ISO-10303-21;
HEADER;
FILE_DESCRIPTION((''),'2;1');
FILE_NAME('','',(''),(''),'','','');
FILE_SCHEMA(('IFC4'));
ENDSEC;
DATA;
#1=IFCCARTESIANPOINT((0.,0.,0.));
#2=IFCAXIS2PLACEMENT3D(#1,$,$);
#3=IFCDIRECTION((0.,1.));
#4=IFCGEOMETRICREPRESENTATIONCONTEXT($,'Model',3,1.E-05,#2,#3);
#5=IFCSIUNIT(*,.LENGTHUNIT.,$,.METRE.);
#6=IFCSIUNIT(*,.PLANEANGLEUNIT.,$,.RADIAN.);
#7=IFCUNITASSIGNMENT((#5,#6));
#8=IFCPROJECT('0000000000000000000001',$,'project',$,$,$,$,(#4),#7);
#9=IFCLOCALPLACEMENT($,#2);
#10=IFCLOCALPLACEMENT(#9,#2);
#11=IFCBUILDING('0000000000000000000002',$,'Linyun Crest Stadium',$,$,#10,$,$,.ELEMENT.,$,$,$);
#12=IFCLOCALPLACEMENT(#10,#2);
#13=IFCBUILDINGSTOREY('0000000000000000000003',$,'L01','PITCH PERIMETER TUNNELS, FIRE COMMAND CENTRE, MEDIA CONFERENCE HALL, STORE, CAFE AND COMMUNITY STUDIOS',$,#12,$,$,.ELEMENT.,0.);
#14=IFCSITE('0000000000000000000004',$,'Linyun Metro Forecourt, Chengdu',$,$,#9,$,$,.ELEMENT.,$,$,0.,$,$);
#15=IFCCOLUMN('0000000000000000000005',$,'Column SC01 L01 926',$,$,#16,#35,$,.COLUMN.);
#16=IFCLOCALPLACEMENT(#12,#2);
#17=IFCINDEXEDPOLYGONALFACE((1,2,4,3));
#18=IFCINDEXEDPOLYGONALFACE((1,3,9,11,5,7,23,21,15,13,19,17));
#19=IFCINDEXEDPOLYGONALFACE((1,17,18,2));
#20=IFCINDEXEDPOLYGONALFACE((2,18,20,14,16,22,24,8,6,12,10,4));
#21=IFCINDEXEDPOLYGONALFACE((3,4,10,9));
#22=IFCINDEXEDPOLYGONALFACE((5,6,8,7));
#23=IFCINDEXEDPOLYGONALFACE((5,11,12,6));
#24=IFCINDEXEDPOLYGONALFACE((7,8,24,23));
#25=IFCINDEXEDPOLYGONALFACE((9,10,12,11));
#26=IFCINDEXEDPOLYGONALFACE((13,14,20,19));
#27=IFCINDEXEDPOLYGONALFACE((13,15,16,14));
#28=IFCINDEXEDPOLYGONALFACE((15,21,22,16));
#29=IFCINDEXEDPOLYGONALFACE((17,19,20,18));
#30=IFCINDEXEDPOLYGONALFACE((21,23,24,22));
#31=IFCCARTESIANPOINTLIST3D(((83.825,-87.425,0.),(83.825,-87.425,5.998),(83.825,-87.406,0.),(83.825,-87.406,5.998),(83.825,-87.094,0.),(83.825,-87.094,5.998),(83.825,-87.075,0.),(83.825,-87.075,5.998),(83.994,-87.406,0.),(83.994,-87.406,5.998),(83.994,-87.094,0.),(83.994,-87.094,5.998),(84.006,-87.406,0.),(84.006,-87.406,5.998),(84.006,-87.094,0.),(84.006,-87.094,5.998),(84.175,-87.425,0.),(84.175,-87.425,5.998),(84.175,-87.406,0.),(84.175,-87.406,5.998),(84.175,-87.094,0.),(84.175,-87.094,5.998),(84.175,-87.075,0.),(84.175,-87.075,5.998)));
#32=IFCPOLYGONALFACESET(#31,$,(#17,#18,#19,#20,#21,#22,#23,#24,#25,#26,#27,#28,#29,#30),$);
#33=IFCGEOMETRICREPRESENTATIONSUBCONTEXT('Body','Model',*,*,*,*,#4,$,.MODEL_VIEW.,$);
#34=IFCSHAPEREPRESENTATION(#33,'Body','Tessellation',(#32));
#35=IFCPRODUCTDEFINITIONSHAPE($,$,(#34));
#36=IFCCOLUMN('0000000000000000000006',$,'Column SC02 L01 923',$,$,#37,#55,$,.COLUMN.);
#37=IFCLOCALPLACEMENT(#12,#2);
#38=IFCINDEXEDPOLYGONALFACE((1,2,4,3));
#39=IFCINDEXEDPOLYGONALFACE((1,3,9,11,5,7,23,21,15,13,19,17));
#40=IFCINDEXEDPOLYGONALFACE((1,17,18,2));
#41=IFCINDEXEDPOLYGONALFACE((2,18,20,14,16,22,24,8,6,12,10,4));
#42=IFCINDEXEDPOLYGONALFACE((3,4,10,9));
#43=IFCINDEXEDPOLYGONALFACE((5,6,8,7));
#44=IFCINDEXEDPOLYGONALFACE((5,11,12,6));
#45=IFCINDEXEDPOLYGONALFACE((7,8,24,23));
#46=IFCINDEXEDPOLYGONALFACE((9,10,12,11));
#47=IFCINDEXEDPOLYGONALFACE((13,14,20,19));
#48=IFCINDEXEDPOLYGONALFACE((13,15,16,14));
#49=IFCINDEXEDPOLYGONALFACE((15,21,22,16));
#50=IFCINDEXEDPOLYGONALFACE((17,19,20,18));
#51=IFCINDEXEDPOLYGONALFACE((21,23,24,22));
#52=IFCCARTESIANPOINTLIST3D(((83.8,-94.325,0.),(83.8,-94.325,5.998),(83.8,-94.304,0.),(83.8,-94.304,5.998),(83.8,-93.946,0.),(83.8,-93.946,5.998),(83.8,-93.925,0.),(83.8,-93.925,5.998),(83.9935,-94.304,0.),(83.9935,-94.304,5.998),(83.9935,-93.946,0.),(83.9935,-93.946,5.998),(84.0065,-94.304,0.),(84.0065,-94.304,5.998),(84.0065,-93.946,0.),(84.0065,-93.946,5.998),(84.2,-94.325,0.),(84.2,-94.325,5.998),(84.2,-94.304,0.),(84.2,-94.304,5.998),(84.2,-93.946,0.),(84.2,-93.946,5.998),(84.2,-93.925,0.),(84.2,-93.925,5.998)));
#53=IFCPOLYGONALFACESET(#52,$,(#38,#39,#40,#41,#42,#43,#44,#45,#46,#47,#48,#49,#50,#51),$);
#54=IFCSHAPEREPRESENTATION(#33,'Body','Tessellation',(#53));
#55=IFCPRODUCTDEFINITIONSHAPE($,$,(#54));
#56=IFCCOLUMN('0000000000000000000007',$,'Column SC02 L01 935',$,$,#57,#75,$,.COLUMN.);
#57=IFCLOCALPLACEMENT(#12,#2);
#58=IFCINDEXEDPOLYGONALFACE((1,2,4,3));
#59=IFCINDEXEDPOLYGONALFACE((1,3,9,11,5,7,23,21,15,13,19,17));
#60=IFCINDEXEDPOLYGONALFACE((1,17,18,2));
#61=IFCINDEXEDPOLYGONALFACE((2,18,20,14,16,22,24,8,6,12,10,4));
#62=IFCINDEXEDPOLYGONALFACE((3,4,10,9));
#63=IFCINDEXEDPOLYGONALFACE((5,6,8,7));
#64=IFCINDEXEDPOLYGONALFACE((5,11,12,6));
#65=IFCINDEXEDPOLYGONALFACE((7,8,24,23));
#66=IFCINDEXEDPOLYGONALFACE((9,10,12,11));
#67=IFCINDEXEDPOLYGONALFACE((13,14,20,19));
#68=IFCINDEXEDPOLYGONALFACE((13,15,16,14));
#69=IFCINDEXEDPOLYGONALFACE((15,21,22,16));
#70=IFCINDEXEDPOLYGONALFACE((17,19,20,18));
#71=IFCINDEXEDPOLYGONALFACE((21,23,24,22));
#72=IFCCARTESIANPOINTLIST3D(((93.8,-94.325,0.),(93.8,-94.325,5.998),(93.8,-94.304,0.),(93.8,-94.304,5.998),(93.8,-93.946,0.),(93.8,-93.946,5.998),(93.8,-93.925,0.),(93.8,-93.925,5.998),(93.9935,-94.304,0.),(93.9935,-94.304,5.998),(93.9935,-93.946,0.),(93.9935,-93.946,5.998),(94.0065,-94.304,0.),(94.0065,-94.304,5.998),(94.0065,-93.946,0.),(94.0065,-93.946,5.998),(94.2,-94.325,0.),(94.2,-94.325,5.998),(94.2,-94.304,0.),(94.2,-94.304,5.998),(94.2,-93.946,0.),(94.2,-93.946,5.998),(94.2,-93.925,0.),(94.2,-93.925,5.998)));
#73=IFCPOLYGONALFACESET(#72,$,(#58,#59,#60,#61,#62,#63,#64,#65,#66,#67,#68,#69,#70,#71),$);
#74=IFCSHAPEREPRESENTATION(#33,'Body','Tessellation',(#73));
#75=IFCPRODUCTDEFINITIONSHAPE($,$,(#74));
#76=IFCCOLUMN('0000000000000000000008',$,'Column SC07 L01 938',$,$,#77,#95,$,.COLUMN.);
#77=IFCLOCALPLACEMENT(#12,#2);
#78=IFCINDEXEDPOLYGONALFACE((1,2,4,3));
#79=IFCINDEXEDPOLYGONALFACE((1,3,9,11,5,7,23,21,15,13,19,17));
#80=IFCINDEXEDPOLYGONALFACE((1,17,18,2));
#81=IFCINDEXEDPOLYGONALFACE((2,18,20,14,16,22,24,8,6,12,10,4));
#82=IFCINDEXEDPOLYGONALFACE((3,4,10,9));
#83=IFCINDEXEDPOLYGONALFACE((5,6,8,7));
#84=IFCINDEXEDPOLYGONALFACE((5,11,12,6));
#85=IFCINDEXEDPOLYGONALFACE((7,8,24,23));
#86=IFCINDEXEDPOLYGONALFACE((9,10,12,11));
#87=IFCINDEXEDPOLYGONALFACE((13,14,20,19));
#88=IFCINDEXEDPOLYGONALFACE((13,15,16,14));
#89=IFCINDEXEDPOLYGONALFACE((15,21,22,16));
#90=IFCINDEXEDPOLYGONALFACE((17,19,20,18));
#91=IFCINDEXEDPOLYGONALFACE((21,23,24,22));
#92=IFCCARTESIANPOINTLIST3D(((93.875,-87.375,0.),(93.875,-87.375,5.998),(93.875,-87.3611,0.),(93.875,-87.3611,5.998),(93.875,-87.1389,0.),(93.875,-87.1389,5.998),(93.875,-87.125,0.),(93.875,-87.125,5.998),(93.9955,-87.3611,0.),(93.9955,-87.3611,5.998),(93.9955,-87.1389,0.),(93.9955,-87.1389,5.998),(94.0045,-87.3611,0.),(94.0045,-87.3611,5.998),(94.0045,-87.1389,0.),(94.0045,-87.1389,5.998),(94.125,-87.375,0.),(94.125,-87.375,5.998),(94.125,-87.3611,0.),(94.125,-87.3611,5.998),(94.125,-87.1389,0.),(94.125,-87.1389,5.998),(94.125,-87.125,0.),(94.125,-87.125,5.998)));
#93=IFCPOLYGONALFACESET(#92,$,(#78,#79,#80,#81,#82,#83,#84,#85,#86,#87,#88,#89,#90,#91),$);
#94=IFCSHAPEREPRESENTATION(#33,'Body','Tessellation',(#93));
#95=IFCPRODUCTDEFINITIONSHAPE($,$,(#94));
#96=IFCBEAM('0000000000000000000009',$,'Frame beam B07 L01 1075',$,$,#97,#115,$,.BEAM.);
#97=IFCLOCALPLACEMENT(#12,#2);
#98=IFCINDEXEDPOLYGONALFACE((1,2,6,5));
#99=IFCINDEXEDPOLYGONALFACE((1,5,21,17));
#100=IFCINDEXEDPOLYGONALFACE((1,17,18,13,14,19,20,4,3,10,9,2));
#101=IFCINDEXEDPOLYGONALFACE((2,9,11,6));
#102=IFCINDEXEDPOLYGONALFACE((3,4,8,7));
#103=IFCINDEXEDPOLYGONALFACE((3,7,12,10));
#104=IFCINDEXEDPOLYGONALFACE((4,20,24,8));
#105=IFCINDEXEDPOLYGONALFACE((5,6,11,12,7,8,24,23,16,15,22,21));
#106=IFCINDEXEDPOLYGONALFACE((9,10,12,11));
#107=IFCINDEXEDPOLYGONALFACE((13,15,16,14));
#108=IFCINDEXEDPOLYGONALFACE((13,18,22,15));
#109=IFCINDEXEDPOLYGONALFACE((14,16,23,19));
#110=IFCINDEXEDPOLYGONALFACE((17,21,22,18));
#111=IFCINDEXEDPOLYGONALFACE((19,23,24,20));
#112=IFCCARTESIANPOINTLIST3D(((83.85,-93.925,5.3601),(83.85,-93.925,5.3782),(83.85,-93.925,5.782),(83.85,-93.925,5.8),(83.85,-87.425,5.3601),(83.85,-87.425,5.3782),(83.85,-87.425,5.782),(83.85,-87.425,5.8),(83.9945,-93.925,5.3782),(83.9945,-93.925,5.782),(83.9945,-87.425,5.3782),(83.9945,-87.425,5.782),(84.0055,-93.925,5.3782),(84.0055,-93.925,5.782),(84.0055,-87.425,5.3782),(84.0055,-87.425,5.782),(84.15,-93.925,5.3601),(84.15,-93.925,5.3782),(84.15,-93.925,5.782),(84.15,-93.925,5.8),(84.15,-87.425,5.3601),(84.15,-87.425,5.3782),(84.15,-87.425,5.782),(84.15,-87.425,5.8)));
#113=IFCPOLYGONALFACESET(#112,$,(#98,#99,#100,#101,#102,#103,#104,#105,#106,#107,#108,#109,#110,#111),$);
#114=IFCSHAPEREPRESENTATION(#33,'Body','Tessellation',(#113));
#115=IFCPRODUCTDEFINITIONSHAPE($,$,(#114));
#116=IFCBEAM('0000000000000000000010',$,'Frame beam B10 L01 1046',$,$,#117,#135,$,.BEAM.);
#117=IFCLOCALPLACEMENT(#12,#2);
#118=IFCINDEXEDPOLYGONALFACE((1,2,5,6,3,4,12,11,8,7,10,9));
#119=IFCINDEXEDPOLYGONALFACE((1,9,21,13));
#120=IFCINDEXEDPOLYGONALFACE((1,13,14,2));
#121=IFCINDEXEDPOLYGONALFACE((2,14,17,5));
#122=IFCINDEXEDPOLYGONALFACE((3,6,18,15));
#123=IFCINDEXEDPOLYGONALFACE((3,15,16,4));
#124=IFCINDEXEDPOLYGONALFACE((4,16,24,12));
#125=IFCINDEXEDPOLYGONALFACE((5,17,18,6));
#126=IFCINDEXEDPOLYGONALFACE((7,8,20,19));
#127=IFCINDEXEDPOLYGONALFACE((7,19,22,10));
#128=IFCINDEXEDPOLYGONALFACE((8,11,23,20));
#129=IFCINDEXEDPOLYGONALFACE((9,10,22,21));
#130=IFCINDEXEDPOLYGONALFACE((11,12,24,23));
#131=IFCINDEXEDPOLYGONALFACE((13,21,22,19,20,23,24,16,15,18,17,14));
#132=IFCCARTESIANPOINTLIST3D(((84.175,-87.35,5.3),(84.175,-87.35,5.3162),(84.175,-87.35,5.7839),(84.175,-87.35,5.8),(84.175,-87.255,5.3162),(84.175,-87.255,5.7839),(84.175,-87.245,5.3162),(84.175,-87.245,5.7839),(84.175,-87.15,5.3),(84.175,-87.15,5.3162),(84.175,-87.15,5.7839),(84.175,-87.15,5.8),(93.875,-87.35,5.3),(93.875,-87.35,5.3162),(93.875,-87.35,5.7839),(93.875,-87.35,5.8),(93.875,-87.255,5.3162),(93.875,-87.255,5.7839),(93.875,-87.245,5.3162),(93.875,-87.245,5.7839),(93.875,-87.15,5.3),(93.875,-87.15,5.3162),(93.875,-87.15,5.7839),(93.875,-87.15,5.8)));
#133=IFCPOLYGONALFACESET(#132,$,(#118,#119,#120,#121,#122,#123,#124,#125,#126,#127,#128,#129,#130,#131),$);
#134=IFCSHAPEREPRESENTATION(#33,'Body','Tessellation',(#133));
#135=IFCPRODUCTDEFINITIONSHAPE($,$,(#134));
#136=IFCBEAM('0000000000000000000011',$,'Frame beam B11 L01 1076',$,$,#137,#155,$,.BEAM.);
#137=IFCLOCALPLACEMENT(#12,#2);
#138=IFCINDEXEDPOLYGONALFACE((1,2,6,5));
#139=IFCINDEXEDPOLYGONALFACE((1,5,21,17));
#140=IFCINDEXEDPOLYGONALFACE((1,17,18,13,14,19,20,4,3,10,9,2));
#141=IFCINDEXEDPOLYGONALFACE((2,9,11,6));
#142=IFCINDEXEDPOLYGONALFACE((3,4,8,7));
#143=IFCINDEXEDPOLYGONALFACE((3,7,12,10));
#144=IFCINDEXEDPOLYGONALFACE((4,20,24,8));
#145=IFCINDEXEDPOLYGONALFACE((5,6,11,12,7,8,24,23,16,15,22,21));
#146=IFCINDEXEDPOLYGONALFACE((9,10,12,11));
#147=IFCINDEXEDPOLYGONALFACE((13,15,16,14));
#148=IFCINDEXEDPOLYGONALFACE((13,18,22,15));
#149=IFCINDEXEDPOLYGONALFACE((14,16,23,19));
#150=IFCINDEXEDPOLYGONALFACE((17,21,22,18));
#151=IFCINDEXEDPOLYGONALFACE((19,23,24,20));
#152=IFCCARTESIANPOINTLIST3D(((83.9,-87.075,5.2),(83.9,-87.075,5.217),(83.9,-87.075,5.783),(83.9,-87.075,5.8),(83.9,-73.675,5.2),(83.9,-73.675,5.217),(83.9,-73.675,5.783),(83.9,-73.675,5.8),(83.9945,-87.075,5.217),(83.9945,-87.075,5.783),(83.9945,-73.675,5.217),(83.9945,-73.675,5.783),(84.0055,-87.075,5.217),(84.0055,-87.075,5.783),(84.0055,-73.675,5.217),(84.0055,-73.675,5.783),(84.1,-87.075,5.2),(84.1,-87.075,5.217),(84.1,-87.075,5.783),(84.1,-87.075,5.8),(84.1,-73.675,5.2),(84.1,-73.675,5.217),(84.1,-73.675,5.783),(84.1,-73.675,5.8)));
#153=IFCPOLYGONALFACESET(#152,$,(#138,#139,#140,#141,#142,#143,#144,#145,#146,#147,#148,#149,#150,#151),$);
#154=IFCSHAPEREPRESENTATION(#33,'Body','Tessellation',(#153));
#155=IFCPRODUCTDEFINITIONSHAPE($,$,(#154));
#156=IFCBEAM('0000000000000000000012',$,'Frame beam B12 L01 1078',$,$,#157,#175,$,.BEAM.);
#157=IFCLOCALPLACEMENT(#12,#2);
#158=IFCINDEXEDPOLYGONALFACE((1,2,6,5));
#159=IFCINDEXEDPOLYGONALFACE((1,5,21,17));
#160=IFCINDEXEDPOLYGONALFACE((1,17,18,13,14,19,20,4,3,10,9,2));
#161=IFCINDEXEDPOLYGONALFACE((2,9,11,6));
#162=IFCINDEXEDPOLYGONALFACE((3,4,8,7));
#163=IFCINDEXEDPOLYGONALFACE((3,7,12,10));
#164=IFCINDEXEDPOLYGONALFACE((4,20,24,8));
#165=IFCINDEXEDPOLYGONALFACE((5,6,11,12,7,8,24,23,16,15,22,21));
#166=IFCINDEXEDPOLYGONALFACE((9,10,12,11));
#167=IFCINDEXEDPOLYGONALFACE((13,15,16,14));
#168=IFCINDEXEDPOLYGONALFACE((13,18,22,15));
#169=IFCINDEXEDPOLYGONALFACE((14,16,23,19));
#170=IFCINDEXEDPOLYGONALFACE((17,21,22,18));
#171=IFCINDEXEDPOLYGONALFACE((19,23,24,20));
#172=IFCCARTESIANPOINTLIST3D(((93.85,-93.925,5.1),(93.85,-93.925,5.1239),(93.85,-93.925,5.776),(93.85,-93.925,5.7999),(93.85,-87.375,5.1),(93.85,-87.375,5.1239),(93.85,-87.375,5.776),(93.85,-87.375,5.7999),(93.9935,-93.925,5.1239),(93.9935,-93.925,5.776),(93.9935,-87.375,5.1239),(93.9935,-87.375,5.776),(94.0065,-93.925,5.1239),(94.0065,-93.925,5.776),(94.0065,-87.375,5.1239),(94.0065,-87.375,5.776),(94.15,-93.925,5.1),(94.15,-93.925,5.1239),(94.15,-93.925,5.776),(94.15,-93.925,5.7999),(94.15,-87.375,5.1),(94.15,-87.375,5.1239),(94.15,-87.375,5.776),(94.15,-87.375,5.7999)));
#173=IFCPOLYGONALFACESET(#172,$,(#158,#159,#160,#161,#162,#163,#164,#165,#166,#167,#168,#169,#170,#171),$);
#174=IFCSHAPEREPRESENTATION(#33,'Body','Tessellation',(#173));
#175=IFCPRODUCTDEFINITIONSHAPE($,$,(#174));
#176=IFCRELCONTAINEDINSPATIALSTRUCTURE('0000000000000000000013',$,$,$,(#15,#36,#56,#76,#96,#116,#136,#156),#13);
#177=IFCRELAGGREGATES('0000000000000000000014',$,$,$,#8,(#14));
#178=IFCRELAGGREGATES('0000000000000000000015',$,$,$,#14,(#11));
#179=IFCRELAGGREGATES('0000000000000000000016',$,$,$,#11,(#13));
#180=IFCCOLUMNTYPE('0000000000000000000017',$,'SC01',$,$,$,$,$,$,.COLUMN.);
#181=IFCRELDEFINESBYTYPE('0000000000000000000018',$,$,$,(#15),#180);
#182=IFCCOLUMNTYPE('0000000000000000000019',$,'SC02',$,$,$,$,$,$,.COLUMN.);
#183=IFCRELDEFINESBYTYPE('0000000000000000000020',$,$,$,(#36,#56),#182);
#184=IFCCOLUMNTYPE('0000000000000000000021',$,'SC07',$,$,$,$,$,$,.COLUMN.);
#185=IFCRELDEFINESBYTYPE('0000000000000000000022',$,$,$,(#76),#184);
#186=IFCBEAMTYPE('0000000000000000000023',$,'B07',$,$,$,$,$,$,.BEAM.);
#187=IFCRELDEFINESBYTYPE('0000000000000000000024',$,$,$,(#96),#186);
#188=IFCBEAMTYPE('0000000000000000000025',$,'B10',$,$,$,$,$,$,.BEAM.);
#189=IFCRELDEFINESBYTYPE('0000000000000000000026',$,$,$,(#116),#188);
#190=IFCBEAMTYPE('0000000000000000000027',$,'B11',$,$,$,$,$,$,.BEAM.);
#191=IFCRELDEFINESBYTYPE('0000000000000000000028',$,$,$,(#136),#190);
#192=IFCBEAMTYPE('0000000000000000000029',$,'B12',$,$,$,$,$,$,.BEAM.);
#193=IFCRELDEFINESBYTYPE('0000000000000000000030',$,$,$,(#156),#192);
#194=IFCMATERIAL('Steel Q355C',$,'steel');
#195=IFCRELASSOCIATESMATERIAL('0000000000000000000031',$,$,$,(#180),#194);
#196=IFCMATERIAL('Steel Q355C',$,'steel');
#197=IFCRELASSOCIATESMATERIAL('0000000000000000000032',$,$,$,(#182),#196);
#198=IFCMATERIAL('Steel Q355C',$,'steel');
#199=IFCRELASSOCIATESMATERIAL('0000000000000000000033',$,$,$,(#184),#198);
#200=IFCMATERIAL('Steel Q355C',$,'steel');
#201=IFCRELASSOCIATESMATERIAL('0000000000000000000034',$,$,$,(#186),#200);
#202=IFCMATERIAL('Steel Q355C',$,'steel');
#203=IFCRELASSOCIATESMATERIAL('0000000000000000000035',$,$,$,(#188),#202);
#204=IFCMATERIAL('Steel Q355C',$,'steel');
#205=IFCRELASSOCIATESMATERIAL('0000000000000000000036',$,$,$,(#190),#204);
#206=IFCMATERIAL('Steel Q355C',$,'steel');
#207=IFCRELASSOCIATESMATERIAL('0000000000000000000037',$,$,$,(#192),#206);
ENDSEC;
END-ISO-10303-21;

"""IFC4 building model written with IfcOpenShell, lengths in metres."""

from ifc_helpers import new_model, si_unit, direction, frame, origin, origin_2d, place, context, subcontext, project, spatial, i_section, extrude, material, material_profile, profile_set, type_object, element, save


model = new_model("IFC4")

# Units and contexts
model_context = context("Model", 3, precision=1e-05, world=origin(), true_north=direction((0.0, 1.0)))
body_context = subcontext(model_context, "Body", "Model", "MODEL_VIEW")
ifc_project = project(units=[si_unit("LENGTHUNIT", "METRE"), si_unit("PLANEANGLEUNIT", "RADIAN")], contexts=[model_context])

# Site, building, storey
site_placement = place(None, origin())
site = spatial("IfcSite", under=ifc_project, at=site_placement, Name="Linyun Metro Forecourt, Chengdu", CompositionType="ELEMENT", RefElevation=0.0)
building_placement = place(site_placement, origin())
building = spatial("IfcBuilding", under=site, at=building_placement, Name="Linyun Crest Stadium", CompositionType="ELEMENT")
storey_placement = place(building_placement, origin())
storey = spatial("IfcBuildingStorey", under=building, at=storey_placement, Name="L01", Description="PITCH PERIMETER TUNNELS, FIRE COMMAND CENTRE, MEDIA CONFERENCE HALL, STORE, CAFE AND COMMUNITY STUDIOS", CompositionType="ELEMENT", Elevation=0.0)

# Columns
ifc_material_1 = material(Name="Steel Q355C", Category="steel")
ifc_material_profile_1 = material_profile(ifc_material_1, i_section(OverallWidth=0.3501, OverallDepth=0.3501, WebThickness=0.012, FlangeThickness=0.019, at=origin_2d()), Name="HW 350x350")
ifc_profile_set_1 = profile_set([ifc_material_profile_1], Name="Steel Q355C")
column_type_1 = type_object("IfcColumnType", Name="SC01", PredefinedType="COLUMN", material=ifc_profile_set_1)
column_1_placement = place(storey_placement, frame((84.0, -87.25, 0.0), z_axis=(0.0, 0.0, 1.0), x_axis=(1.0, 0.0, 0.0)))
element("IfcColumn", 1, at=column_1_placement, inside=storey, type_object=column_type_1, Name="Column SC01 L01 926", PredefinedType="COLUMN", context=body_context, shape_type="SweptSolid", body=[
    extrude(i_section(OverallWidth=0.3501, OverallDepth=0.3501, WebThickness=0.012, FlangeThickness=0.019, at=origin_2d()), origin(), (0.0, 0.0, 1.0), 5.998),
])
ifc_material_2 = material(Name="Steel Q355C", Category="steel")
ifc_material_profile_2 = material_profile(ifc_material_2, i_section(OverallWidth=0.3999, OverallDepth=0.3999, WebThickness=0.0129, FlangeThickness=0.021, at=origin_2d()), Name="HW 400x400")
ifc_profile_set_2 = profile_set([ifc_material_profile_2], Name="Steel Q355C")
column_type_2 = type_object("IfcColumnType", Name="SC02", PredefinedType="COLUMN", material=ifc_profile_set_2)
for number, where, z_axis, x_axis, name in (
    (2, (84.0, -94.125, 0.0), (0.0, 0.0, 1.0), (1.0, 0.0, 0.0), "Column SC02 L01 923"),
    (3, (94.0, -94.125, 0.0), (0.0, 0.0, 1.0), (1.0, 0.0, 0.0), "Column SC02 L01 935"),
):
    element("IfcColumn", number, at=place(storey_placement, frame(where, z_axis=z_axis, x_axis=x_axis)), inside=storey, type_object=column_type_2, Name=name, PredefinedType="COLUMN", context=body_context, shape_type="SweptSolid", body=[
        extrude(i_section(OverallWidth=0.3999, OverallDepth=0.3999, WebThickness=0.0129, FlangeThickness=0.021, at=origin_2d()), origin(), (0.0, 0.0, 1.0), 5.998),
    ])
ifc_material_3 = material(Name="Steel Q355C", Category="steel")
ifc_material_profile_3 = material_profile(ifc_material_3, i_section(OverallWidth=0.25, OverallDepth=0.25, WebThickness=0.009, FlangeThickness=0.0139, at=origin_2d()), Name="HW 250x250")
ifc_profile_set_3 = profile_set([ifc_material_profile_3], Name="Steel Q355C")
column_type_3 = type_object("IfcColumnType", Name="SC07", PredefinedType="COLUMN", material=ifc_profile_set_3)
column_2_placement = place(storey_placement, frame((94.0, -87.25, 0.0), z_axis=(0.0, 0.0, 1.0), x_axis=(1.0, 0.0, 0.0)))
element("IfcColumn", 4, at=column_2_placement, inside=storey, type_object=column_type_3, Name="Column SC07 L01 938", PredefinedType="COLUMN", context=body_context, shape_type="SweptSolid", body=[
    extrude(i_section(OverallWidth=0.25, OverallDepth=0.25, WebThickness=0.009, FlangeThickness=0.0139, at=origin_2d()), origin(), (0.0, 0.0, 1.0), 5.998),
])

# Beams
ifc_material_4 = material(Name="Steel Q355C", Category="steel")
ifc_material_profile_4 = material_profile(ifc_material_4, i_section(OverallWidth=0.3, OverallDepth=0.4399, WebThickness=0.011, FlangeThickness=0.0181, at=origin_2d()), Name="HM 440x300")
ifc_profile_set_4 = profile_set([ifc_material_profile_4], Name="Steel Q355C")
beam_type_1 = type_object("IfcBeamType", Name="B07", PredefinedType="BEAM", material=ifc_profile_set_4)
beam_1_placement = place(storey_placement, frame((84.0, -93.925, 5.5801), z_axis=(0.0, 1.0, 0.0), x_axis=(-1.0, 0.0, 0.0)))
element("IfcBeam", 5, at=beam_1_placement, inside=storey, type_object=beam_type_1, Name="Frame beam B07 L01 1075", PredefinedType="BEAM", context=body_context, shape_type="SweptSolid", body=[
    extrude(i_section(OverallWidth=0.3, OverallDepth=0.4399, WebThickness=0.011, FlangeThickness=0.0181, at=origin_2d()), origin(), (0.0, 0.0, 1.0), 6.5),
])
ifc_material_5 = material(Name="Steel Q355C", Category="steel")
ifc_material_profile_5 = material_profile(ifc_material_5, i_section(OverallWidth=0.2, OverallDepth=0.5, WebThickness=0.01, FlangeThickness=0.0161, at=origin_2d()), Name="HN 500x200")
ifc_profile_set_5 = profile_set([ifc_material_profile_5], Name="Steel Q355C")
beam_type_2 = type_object("IfcBeamType", Name="B10", PredefinedType="BEAM", material=ifc_profile_set_5)
beam_2_placement = place(storey_placement, frame((84.175, -87.25, 5.55), z_axis=(1.0, 0.0, 0.0), x_axis=(0.0, 1.0, 0.0)))
element("IfcBeam", 6, at=beam_2_placement, inside=storey, type_object=beam_type_2, Name="Frame beam B10 L01 1046", PredefinedType="BEAM", context=body_context, shape_type="SweptSolid", body=[
    extrude(i_section(OverallWidth=0.2, OverallDepth=0.5, WebThickness=0.01, FlangeThickness=0.0161, at=origin_2d()), origin(), (0.0, 0.0, 1.0), 9.7),
])
ifc_material_6 = material(Name="Steel Q355C", Category="steel")
ifc_material_profile_6 = material_profile(ifc_material_6, i_section(OverallWidth=0.2, OverallDepth=0.6001, WebThickness=0.011, FlangeThickness=0.0171, at=origin_2d()), Name="HN 600x200")
ifc_profile_set_6 = profile_set([ifc_material_profile_6], Name="Steel Q355C")
beam_type_3 = type_object("IfcBeamType", Name="B11", PredefinedType="BEAM", material=ifc_profile_set_6)
beam_3_placement = place(storey_placement, frame((84.0, -87.075, 5.5), z_axis=(0.0, 1.0, 0.0), x_axis=(-1.0, 0.0, 0.0)))
element("IfcBeam", 7, at=beam_3_placement, inside=storey, type_object=beam_type_3, Name="Frame beam B11 L01 1076", PredefinedType="BEAM", context=body_context, shape_type="SweptSolid", body=[
    extrude(i_section(OverallWidth=0.2, OverallDepth=0.6001, WebThickness=0.011, FlangeThickness=0.0171, at=origin_2d()), origin(), (0.0, 0.0, 1.0), 13.3999),
])
ifc_material_7 = material(Name="Steel Q355C", Category="steel")
ifc_material_profile_7 = material_profile(ifc_material_7, i_section(OverallWidth=0.3, OverallDepth=0.7, WebThickness=0.0129, FlangeThickness=0.0239, at=origin_2d()), Name="HN 700x300")
ifc_profile_set_7 = profile_set([ifc_material_profile_7], Name="Steel Q355C")
beam_type_4 = type_object("IfcBeamType", Name="B12", PredefinedType="BEAM", material=ifc_profile_set_7)
beam_4_placement = place(storey_placement, frame((94.0, -93.925, 5.45), z_axis=(0.0, 1.0, 0.0), x_axis=(-1.0, 0.0, 0.0)))
element("IfcBeam", 8, at=beam_4_placement, inside=storey, type_object=beam_type_4, Name="Frame beam B12 L01 1078", PredefinedType="BEAM", context=body_context, shape_type="SweptSolid", body=[
    extrude(i_section(OverallWidth=0.3, OverallDepth=0.7, WebThickness=0.0129, FlangeThickness=0.0239, at=origin_2d()), origin(), (0.0, 0.0, 1.0), 6.55),
])

save(model, "model.ifc")
